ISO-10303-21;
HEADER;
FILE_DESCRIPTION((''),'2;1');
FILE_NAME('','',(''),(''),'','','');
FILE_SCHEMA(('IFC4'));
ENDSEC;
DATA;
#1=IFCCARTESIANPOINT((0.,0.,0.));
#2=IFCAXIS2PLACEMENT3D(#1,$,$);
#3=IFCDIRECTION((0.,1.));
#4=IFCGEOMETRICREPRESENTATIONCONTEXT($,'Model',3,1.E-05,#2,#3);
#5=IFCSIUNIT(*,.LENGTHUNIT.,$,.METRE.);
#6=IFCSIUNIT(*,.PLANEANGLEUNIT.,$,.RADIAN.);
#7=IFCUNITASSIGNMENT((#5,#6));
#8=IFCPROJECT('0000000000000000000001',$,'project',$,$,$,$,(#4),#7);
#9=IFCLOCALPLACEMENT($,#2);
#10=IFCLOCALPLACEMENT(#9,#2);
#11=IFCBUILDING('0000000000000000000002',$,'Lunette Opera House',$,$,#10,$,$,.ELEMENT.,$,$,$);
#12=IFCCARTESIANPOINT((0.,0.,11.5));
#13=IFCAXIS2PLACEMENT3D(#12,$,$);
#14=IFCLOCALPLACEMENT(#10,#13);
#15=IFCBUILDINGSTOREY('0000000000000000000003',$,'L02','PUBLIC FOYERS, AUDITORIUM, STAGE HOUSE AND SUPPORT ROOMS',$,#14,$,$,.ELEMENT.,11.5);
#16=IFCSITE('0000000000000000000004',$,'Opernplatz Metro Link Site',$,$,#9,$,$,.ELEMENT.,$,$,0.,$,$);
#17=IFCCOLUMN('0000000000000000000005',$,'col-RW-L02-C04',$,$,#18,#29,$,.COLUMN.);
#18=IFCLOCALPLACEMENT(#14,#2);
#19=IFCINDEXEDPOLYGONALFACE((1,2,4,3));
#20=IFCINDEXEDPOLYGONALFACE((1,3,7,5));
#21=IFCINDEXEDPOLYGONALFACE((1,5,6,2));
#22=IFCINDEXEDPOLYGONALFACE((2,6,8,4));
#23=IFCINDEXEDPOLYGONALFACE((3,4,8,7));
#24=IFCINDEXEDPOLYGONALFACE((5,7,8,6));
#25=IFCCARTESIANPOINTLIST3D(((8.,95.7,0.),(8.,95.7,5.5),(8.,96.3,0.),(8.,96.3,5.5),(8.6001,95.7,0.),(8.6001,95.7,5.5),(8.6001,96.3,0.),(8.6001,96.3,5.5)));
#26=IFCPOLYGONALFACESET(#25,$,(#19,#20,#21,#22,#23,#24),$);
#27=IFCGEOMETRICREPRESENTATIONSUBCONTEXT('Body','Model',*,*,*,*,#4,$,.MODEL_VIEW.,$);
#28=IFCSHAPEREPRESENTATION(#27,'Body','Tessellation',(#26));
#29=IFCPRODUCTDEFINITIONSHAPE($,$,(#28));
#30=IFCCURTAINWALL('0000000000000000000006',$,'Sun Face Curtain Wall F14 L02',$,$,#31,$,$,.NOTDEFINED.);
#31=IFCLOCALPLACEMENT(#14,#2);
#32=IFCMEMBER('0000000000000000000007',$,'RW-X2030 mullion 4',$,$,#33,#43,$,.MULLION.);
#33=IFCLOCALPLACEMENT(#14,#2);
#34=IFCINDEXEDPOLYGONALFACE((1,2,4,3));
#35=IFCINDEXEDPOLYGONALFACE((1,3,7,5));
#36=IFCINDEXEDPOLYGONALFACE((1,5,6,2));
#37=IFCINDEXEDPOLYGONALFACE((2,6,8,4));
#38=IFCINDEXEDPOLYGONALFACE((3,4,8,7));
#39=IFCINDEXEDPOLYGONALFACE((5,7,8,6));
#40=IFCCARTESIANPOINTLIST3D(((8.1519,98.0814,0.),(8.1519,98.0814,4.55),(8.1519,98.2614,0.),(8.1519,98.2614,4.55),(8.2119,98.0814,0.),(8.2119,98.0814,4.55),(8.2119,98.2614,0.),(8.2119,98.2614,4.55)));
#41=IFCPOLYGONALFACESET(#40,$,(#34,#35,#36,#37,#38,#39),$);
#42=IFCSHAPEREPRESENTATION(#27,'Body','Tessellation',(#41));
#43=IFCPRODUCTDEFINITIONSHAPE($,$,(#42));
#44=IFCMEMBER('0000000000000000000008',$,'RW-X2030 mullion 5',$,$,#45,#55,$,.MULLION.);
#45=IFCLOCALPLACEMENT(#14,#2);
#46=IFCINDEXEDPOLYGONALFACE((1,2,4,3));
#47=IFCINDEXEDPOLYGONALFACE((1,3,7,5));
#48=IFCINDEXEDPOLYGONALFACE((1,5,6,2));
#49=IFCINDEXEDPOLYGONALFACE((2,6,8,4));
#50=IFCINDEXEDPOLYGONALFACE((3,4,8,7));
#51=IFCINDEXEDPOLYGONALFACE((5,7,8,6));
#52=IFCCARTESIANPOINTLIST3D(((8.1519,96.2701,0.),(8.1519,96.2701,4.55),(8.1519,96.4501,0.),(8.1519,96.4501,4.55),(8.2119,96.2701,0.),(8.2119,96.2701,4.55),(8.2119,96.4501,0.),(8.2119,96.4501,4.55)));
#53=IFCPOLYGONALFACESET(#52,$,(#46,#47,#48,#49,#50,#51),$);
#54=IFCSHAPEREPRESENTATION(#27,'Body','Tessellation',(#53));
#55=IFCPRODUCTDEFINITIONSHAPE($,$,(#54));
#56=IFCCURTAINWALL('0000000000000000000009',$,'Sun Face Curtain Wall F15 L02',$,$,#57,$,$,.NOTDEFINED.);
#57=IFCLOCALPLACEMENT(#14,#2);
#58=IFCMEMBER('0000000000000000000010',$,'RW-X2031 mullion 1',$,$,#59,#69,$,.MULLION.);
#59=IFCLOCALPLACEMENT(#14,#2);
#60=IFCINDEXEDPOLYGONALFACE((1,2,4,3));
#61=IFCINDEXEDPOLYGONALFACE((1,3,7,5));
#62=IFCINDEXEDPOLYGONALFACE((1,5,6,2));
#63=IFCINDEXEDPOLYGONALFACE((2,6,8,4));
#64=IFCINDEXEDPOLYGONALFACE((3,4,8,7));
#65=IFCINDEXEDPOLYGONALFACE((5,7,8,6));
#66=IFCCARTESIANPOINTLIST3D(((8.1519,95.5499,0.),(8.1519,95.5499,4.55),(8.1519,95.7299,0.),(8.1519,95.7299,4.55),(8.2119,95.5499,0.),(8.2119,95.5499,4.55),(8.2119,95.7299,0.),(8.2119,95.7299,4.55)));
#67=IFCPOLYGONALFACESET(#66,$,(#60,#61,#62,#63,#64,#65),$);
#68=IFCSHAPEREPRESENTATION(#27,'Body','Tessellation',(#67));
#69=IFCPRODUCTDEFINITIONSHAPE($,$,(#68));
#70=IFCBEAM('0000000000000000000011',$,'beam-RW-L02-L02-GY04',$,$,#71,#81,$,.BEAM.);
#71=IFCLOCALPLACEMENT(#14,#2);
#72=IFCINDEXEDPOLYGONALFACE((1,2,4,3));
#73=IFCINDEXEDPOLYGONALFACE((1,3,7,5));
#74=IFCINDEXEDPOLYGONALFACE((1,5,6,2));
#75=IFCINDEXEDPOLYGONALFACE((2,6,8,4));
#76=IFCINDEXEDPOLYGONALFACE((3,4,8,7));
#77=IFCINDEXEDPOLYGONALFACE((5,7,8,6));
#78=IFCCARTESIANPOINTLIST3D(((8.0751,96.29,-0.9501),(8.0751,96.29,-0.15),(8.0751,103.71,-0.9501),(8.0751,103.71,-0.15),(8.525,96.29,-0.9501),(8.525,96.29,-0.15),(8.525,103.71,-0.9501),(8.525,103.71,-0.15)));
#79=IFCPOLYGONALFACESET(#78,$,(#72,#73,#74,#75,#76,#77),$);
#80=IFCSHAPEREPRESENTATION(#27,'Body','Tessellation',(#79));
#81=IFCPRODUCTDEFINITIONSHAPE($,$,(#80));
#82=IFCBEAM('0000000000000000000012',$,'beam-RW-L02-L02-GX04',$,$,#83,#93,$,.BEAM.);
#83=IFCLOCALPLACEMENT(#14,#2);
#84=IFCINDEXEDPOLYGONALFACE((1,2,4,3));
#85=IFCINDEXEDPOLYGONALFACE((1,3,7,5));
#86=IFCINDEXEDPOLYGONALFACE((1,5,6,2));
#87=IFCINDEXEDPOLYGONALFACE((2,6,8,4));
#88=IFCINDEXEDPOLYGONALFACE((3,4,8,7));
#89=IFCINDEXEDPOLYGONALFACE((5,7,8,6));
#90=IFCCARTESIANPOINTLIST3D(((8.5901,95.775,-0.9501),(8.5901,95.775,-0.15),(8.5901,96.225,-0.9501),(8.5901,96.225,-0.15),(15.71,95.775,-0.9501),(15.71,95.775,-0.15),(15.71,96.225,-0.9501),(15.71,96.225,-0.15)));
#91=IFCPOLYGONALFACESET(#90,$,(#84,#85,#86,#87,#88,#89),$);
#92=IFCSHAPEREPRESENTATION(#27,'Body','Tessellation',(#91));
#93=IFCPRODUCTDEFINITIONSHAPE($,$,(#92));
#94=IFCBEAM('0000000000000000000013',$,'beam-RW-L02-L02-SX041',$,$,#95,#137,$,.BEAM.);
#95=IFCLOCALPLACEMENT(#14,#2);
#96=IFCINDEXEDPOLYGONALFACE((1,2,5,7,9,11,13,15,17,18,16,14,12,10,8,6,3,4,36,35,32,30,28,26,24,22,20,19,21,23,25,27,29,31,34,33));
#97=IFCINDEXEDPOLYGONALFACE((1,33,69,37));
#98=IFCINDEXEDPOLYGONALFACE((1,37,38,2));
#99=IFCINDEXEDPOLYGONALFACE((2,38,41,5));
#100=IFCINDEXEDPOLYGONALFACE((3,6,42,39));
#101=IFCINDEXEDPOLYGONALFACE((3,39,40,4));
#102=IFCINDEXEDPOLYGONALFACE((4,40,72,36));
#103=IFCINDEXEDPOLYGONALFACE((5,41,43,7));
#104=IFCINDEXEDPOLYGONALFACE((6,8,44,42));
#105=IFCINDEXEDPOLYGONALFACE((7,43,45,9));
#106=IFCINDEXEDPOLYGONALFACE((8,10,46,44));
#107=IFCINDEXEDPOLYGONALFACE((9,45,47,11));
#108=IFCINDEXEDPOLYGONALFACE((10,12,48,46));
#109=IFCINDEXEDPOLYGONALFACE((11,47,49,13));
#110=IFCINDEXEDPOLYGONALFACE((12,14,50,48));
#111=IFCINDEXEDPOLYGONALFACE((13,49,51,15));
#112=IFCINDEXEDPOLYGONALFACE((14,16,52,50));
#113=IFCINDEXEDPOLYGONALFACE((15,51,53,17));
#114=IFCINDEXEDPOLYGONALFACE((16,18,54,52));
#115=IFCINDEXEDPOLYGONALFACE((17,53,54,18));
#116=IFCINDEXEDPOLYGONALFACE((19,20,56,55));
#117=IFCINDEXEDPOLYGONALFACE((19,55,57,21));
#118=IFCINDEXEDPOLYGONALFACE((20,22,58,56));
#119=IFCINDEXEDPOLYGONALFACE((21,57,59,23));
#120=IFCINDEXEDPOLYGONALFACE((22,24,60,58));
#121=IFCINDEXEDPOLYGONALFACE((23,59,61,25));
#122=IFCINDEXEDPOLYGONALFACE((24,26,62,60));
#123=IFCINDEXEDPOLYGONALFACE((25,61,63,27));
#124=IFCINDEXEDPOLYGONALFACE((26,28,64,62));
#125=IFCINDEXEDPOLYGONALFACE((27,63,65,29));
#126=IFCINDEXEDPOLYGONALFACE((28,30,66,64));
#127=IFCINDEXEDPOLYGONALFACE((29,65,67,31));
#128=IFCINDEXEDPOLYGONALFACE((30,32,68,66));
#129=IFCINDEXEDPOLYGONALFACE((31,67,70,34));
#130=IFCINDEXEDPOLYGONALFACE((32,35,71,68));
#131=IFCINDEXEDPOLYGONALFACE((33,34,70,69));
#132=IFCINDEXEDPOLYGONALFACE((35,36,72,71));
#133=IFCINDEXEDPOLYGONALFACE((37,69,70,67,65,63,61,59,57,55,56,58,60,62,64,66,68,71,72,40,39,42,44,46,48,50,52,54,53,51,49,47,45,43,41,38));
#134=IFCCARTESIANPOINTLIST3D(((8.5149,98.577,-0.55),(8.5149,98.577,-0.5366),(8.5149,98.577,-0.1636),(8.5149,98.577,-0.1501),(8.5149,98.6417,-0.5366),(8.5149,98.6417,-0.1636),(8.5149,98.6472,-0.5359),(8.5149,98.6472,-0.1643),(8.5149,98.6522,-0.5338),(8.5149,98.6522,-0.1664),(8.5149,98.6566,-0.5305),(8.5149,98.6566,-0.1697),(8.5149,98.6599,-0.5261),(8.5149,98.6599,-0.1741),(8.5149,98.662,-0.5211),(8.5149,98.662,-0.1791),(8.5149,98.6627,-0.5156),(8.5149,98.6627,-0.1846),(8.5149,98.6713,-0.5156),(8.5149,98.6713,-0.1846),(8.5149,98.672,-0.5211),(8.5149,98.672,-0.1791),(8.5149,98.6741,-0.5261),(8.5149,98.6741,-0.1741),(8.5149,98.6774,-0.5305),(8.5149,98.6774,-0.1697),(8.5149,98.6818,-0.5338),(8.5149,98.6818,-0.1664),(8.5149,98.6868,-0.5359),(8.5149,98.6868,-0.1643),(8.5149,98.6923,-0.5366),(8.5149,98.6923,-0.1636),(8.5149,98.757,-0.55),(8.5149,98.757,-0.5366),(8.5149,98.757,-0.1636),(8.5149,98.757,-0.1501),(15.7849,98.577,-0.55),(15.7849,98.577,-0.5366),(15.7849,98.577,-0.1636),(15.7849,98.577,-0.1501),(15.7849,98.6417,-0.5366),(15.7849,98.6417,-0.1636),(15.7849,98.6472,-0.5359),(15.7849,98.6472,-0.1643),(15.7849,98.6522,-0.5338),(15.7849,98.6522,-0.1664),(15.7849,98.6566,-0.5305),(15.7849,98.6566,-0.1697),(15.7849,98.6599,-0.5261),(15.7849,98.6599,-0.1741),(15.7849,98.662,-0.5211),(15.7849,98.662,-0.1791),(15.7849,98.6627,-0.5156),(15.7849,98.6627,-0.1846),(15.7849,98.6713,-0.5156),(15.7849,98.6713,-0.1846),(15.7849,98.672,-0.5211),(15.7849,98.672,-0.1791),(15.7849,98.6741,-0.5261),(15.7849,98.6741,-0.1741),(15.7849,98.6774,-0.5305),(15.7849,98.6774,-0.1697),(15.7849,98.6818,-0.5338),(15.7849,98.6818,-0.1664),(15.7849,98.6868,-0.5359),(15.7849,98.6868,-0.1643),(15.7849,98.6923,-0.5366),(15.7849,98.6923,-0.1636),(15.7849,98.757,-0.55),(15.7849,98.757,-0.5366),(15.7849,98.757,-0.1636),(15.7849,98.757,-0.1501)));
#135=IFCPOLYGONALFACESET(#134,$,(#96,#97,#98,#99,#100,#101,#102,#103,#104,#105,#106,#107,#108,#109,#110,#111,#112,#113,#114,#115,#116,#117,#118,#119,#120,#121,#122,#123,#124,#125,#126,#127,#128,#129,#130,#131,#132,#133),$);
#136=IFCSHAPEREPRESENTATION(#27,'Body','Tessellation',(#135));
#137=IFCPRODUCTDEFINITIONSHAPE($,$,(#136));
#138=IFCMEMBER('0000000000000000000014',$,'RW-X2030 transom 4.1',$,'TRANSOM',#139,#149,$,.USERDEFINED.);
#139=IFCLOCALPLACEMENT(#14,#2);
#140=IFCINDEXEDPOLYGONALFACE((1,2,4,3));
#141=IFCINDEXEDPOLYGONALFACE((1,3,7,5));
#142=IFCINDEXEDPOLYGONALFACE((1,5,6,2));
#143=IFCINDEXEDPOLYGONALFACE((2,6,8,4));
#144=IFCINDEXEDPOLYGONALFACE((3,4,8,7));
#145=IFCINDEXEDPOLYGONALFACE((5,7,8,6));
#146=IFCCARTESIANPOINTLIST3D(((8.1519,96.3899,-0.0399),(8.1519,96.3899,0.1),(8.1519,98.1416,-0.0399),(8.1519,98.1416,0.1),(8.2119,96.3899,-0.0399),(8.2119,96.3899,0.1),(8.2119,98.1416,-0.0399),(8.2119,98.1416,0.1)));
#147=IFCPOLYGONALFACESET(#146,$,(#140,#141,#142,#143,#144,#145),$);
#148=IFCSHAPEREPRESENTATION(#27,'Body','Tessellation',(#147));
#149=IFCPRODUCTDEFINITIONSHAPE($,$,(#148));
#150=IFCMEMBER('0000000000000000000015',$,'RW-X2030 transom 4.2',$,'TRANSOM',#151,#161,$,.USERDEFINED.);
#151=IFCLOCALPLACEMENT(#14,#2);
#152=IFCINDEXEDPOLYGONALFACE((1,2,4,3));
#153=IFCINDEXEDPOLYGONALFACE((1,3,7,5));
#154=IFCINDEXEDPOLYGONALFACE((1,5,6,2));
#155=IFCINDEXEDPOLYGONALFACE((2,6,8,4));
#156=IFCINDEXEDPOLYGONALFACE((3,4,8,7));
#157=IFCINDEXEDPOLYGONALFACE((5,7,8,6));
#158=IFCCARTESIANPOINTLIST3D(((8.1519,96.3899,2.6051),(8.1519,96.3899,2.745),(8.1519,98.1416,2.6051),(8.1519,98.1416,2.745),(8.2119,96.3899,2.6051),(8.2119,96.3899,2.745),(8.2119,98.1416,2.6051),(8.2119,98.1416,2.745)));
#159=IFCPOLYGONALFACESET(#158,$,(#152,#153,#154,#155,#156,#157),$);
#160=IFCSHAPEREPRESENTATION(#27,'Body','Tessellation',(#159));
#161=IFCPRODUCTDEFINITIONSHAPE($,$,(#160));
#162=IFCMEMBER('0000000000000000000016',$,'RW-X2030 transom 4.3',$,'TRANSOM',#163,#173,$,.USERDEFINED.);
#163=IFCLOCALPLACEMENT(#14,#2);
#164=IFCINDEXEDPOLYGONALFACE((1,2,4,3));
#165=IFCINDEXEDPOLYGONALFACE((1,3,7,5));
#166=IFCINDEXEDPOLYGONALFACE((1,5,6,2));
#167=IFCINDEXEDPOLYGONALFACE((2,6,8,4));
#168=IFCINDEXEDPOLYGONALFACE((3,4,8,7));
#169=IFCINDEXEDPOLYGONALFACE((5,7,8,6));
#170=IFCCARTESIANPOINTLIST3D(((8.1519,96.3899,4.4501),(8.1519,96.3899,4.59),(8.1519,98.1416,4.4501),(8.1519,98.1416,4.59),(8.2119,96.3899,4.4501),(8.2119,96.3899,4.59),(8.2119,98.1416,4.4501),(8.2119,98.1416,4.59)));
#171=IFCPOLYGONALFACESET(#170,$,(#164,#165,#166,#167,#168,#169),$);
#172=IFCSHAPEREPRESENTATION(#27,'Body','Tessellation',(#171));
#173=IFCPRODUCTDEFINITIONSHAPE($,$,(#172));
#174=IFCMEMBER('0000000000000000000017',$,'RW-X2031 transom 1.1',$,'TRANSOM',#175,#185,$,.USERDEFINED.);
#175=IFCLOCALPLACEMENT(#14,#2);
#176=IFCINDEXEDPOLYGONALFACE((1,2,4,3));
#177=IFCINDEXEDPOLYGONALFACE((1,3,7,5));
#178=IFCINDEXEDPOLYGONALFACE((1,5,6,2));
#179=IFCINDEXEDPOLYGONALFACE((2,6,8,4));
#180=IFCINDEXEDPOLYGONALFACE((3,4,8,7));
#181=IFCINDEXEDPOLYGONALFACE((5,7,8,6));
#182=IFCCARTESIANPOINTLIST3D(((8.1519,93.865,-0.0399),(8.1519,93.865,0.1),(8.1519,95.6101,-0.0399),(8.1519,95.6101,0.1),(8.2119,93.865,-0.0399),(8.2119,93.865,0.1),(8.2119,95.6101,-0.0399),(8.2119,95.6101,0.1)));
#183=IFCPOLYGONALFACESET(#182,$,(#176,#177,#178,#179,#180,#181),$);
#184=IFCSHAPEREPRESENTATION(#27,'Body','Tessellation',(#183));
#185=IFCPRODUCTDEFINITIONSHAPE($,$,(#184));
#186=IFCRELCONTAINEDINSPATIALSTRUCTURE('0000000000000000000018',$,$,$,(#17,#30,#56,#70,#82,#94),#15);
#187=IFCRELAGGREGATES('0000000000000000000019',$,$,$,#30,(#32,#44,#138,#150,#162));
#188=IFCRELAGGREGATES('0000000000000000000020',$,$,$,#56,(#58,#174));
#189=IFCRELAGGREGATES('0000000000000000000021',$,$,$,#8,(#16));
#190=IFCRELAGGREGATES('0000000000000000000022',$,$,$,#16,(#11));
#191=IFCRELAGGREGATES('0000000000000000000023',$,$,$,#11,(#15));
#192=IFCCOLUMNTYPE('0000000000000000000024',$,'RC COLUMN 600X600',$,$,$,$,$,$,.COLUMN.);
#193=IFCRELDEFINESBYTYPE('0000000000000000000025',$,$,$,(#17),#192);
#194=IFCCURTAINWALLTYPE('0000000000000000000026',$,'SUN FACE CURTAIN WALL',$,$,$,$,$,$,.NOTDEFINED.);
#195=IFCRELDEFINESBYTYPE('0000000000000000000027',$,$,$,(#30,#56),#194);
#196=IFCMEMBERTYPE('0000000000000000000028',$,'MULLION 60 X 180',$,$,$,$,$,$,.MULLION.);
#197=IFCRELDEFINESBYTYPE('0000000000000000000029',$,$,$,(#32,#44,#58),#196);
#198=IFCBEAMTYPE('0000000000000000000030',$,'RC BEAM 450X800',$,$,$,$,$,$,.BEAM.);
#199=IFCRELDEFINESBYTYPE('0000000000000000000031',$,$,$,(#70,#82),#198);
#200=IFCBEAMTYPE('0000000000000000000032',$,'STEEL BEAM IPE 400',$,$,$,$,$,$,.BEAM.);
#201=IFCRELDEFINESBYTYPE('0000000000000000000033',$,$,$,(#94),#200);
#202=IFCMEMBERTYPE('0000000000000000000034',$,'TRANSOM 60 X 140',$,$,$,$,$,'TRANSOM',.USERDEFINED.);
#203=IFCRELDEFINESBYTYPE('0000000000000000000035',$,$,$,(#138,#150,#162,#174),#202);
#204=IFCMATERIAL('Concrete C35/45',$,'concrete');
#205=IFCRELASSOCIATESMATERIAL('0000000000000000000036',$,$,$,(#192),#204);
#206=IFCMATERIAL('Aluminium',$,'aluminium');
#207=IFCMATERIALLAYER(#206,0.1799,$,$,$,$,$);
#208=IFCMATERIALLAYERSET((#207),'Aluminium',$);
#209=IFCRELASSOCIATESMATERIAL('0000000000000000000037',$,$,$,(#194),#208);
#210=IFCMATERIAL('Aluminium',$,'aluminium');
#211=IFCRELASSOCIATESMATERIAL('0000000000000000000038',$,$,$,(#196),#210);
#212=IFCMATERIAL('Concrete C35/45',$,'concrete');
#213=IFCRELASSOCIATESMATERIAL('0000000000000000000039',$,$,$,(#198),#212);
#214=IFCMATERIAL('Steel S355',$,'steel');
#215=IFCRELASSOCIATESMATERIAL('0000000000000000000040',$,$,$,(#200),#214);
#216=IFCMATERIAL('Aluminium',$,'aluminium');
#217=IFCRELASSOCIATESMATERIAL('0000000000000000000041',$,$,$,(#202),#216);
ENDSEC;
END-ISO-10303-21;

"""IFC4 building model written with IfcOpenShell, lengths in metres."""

from ifc_helpers import new_model, si_unit, direction, frame, origin, origin_2d, place, context, subcontext, project, spatial, rectangle, i_section, extrude, material, layer, layer_set, material_profile, profile_set, type_object, element, aggregate, save


model = new_model("IFC4")

# Units and contexts
model_context = context("Model", 3, precision=1e-05, world=origin(), true_north=direction((0.0, 1.0)))
body_context = subcontext(model_context, "Body", "Model", "MODEL_VIEW")
ifc_project = project(units=[si_unit("LENGTHUNIT", "METRE"), si_unit("PLANEANGLEUNIT", "RADIAN")], contexts=[model_context])

# Site, building, storey
site_placement = place(None, origin())
site = spatial("IfcSite", under=ifc_project, at=site_placement, Name="Opernplatz Metro Link Site", CompositionType="ELEMENT", RefElevation=0.0)
building_placement = place(site_placement, origin())
building = spatial("IfcBuilding", under=site, at=building_placement, Name="Lunette Opera House", CompositionType="ELEMENT")
storey_placement = place(building_placement, frame((0.0, 0.0, 11.5)))
storey = spatial("IfcBuildingStorey", under=building, at=storey_placement, Name="L02", Description="PUBLIC FOYERS, AUDITORIUM, STAGE HOUSE AND SUPPORT ROOMS", CompositionType="ELEMENT", Elevation=11.5)

# Column
ifc_material_1 = material(Name="Concrete C35/45", Category="concrete")
ifc_material_profile_1 = material_profile(ifc_material_1, rectangle(XDim=0.6001, YDim=0.6001, at=origin_2d()), Name="RC COLUMN 600X600")
ifc_profile_set_1 = profile_set([ifc_material_profile_1], Name="Concrete C35/45")
column_type = type_object("IfcColumnType", Name="RC COLUMN 600X600", PredefinedType="COLUMN", material=ifc_profile_set_1)
column_placement = place(storey_placement, frame((8.3, 96.0, 0.0), z_axis=(0.0, 0.0, 1.0), x_axis=(1.0, 0.0, 0.0)))
element("IfcColumn", 1, at=column_placement, inside=storey, type_object=column_type, Name="col-RW-L02-C04", PredefinedType="COLUMN", context=body_context, shape_type="SweptSolid", body=[
    extrude(rectangle(XDim=0.6001, YDim=0.6001, at=origin_2d()), origin(), (0.0, 0.0, 1.0), 5.5),
])

# Curtain wall, members
ifc_material_2 = material(Name="Aluminium", Category="aluminium")
ifc_layer_1 = layer(ifc_material_2, 0.1799)
ifc_layer_set_1 = layer_set([ifc_layer_1], Name="Aluminium")
curtain_wall_type = type_object("IfcCurtainWallType", Name="SUN FACE CURTAIN WALL", PredefinedType="NOTDEFINED", material=ifc_layer_set_1)
curtain_wall_1_placement = place(storey_placement, origin())
curtain_wall_1 = element("IfcCurtainWall", 2, at=curtain_wall_1_placement, inside=storey, type_object=curtain_wall_type, Name="Sun Face Curtain Wall F14 L02", PredefinedType="NOTDEFINED")
ifc_material_3 = material(Name="Aluminium", Category="aluminium")
ifc_material_profile_2 = material_profile(ifc_material_3, rectangle(XDim=0.0601, YDim=0.1799, at=origin_2d()), Name="MULLION 60 X 180")
ifc_profile_set_2 = profile_set([ifc_material_profile_2], Name="Aluminium")
member_type_1 = type_object("IfcMemberType", Name="MULLION 60 X 180", PredefinedType="MULLION", material=ifc_profile_set_2)
member_1_placement = place(storey_placement, frame((8.1819, 98.1714, 0.0), z_axis=(0.0, 0.0, 1.0), x_axis=(1.0, 0.0, 0.0)))
member_1 = element("IfcMember", 3, at=member_1_placement, type_object=member_type_1, Name="RW-X2030 mullion 4", PredefinedType="MULLION", context=body_context, shape_type="SweptSolid", body=[
    extrude(rectangle(XDim=0.0601, YDim=0.1799, at=origin_2d()), origin(), (0.0, 0.0, 1.0), 4.55),
])
member_2_placement = place(storey_placement, frame((8.1819, 96.3601, 0.0), z_axis=(0.0, 0.0, 1.0), x_axis=(1.0, 0.0, 0.0)))
member_2 = element("IfcMember", 4, at=member_2_placement, type_object=member_type_1, Name="RW-X2030 mullion 5", PredefinedType="MULLION", context=body_context, shape_type="SweptSolid", body=[
    extrude(rectangle(XDim=0.0601, YDim=0.1799, at=origin_2d()), origin(), (0.0, 0.0, 1.0), 4.55),
])

# Curtain wall, member
curtain_wall_2_placement = place(storey_placement, origin())
curtain_wall_2 = element("IfcCurtainWall", 5, at=curtain_wall_2_placement, inside=storey, type_object=curtain_wall_type, Name="Sun Face Curtain Wall F15 L02", PredefinedType="NOTDEFINED")
member_3_placement = place(storey_placement, frame((8.1819, 95.6399, 0.0), z_axis=(0.0, 0.0, 1.0), x_axis=(1.0, 0.0, 0.0)))
member_3 = element("IfcMember", 6, at=member_3_placement, type_object=member_type_1, Name="RW-X2031 mullion 1", PredefinedType="MULLION", context=body_context, shape_type="SweptSolid", body=[
    extrude(rectangle(XDim=0.0601, YDim=0.1799, at=origin_2d()), origin(), (0.0, 0.0, 1.0), 4.55),
])

# Beams
ifc_material_4 = material(Name="Concrete C35/45", Category="concrete")
ifc_material_profile_3 = material_profile(ifc_material_4, rectangle(XDim=0.45, YDim=0.8, at=origin_2d()), Name="RC BEAM 450X800")
ifc_profile_set_3 = profile_set([ifc_material_profile_3], Name="Concrete C35/45")
beam_type_1 = type_object("IfcBeamType", Name="RC BEAM 450X800", PredefinedType="BEAM", material=ifc_profile_set_3)
beam_1_placement = place(storey_placement, frame((8.3, 96.29, -0.55), z_axis=(0.0, 1.0, 0.0), x_axis=(-1.0, 0.0, 0.0)))
element("IfcBeam", 7, at=beam_1_placement, inside=storey, type_object=beam_type_1, Name="beam-RW-L02-L02-GY04", PredefinedType="BEAM", context=body_context, shape_type="SweptSolid", body=[
    extrude(rectangle(XDim=0.45, YDim=0.8, at=origin_2d()), origin(), (0.0, 0.0, 1.0), 7.4199),
])
beam_2_placement = place(storey_placement, frame((8.5901, 96.0, -0.55), z_axis=(1.0, 0.0, 0.0), x_axis=(0.0, 1.0, 0.0)))
element("IfcBeam", 8, at=beam_2_placement, inside=storey, type_object=beam_type_1, Name="beam-RW-L02-L02-GX04", PredefinedType="BEAM", context=body_context, shape_type="SweptSolid", body=[
    extrude(rectangle(XDim=0.45, YDim=0.8, at=origin_2d()), origin(), (0.0, 0.0, 1.0), 7.1199),
])
ifc_material_5 = material(Name="Steel S355", Category="steel")
ifc_material_profile_4 = material_profile(ifc_material_5, i_section(OverallWidth=0.1799, OverallDepth=0.3999, WebThickness=0.0085, FlangeThickness=0.0134, FilletRadius=0.021, at=origin_2d()), Name="IPE 400")
ifc_profile_set_4 = profile_set([ifc_material_profile_4], Name="Steel S355")
beam_type_2 = type_object("IfcBeamType", Name="STEEL BEAM IPE 400", PredefinedType="BEAM", material=ifc_profile_set_4)
beam_3_placement = place(storey_placement, frame((8.5149, 98.667, -0.3501), z_axis=(1.0, 0.0, 0.0), x_axis=(0.0, 1.0, 0.0)))
element("IfcBeam", 9, at=beam_3_placement, inside=storey, type_object=beam_type_2, Name="beam-RW-L02-L02-SX041", PredefinedType="BEAM", context=body_context, shape_type="SweptSolid", body=[
    extrude(i_section(OverallWidth=0.1799, OverallDepth=0.3999, WebThickness=0.0085, FlangeThickness=0.0134, FilletRadius=0.021, at=origin_2d()), origin(), (0.0, 0.0, 1.0), 7.27),
])

# Members
ifc_material_6 = material(Name="Aluminium", Category="aluminium")
ifc_material_profile_5 = material_profile(ifc_material_6, rectangle(XDim=0.0601, YDim=0.1399, at=origin_2d()), Name="TRANSOM 60 X 140")
ifc_profile_set_5 = profile_set([ifc_material_profile_5], Name="Aluminium")
member_type_2 = type_object("IfcMemberType", Name="TRANSOM 60 X 140", ElementType="TRANSOM", PredefinedType="USERDEFINED", material=ifc_profile_set_5)
member_4_placement = place(storey_placement, frame((8.1819, 98.1416, 0.03), z_axis=(0.0, -1.0, 0.0), x_axis=(1.0, 0.0, 0.0)))
member_4 = element("IfcMember", 10, at=member_4_placement, type_object=member_type_2, Name="RW-X2030 transom 4.1", ObjectType="TRANSOM", PredefinedType="USERDEFINED", context=body_context, shape_type="SweptSolid", body=[
    extrude(rectangle(XDim=0.0601, YDim=0.1399, at=origin_2d()), origin(), (0.0, 0.0, 1.0), 1.7517),
])
member_5_placement = place(storey_placement, frame((8.1819, 98.1416, 2.675), z_axis=(0.0, -1.0, 0.0), x_axis=(1.0, 0.0, 0.0)))
member_5 = element("IfcMember", 11, at=member_5_placement, type_object=member_type_2, Name="RW-X2030 transom 4.2", ObjectType="TRANSOM", PredefinedType="USERDEFINED", context=body_context, shape_type="SweptSolid", body=[
    extrude(rectangle(XDim=0.0601, YDim=0.1399, at=origin_2d()), origin(), (0.0, 0.0, 1.0), 1.7517),
])
member_6_placement = place(storey_placement, frame((8.1819, 98.1416, 4.52), z_axis=(0.0, -1.0, 0.0), x_axis=(1.0, 0.0, 0.0)))
member_6 = element("IfcMember", 12, at=member_6_placement, type_object=member_type_2, Name="RW-X2030 transom 4.3", ObjectType="TRANSOM", PredefinedType="USERDEFINED", context=body_context, shape_type="SweptSolid", body=[
    extrude(rectangle(XDim=0.0601, YDim=0.1399, at=origin_2d()), origin(), (0.0, 0.0, 1.0), 1.7517),
])
member_7_placement = place(storey_placement, frame((8.1819, 95.6101, 0.03), z_axis=(0.0, -1.0, 0.0), x_axis=(1.0, 0.0, 0.0)))
member_7 = element("IfcMember", 13, at=member_7_placement, type_object=member_type_2, Name="RW-X2031 transom 1.1", ObjectType="TRANSOM", PredefinedType="USERDEFINED", context=body_context, shape_type="SweptSolid", body=[
    extrude(rectangle(XDim=0.0601, YDim=0.1399, at=origin_2d()), origin(), (0.0, 0.0, 1.0), 1.7451),
])

aggregate(curtain_wall_1, [member_1, member_2, member_4, member_5, member_6])
aggregate(curtain_wall_2, [member_3, member_7])

save(model, "model.ifc")
